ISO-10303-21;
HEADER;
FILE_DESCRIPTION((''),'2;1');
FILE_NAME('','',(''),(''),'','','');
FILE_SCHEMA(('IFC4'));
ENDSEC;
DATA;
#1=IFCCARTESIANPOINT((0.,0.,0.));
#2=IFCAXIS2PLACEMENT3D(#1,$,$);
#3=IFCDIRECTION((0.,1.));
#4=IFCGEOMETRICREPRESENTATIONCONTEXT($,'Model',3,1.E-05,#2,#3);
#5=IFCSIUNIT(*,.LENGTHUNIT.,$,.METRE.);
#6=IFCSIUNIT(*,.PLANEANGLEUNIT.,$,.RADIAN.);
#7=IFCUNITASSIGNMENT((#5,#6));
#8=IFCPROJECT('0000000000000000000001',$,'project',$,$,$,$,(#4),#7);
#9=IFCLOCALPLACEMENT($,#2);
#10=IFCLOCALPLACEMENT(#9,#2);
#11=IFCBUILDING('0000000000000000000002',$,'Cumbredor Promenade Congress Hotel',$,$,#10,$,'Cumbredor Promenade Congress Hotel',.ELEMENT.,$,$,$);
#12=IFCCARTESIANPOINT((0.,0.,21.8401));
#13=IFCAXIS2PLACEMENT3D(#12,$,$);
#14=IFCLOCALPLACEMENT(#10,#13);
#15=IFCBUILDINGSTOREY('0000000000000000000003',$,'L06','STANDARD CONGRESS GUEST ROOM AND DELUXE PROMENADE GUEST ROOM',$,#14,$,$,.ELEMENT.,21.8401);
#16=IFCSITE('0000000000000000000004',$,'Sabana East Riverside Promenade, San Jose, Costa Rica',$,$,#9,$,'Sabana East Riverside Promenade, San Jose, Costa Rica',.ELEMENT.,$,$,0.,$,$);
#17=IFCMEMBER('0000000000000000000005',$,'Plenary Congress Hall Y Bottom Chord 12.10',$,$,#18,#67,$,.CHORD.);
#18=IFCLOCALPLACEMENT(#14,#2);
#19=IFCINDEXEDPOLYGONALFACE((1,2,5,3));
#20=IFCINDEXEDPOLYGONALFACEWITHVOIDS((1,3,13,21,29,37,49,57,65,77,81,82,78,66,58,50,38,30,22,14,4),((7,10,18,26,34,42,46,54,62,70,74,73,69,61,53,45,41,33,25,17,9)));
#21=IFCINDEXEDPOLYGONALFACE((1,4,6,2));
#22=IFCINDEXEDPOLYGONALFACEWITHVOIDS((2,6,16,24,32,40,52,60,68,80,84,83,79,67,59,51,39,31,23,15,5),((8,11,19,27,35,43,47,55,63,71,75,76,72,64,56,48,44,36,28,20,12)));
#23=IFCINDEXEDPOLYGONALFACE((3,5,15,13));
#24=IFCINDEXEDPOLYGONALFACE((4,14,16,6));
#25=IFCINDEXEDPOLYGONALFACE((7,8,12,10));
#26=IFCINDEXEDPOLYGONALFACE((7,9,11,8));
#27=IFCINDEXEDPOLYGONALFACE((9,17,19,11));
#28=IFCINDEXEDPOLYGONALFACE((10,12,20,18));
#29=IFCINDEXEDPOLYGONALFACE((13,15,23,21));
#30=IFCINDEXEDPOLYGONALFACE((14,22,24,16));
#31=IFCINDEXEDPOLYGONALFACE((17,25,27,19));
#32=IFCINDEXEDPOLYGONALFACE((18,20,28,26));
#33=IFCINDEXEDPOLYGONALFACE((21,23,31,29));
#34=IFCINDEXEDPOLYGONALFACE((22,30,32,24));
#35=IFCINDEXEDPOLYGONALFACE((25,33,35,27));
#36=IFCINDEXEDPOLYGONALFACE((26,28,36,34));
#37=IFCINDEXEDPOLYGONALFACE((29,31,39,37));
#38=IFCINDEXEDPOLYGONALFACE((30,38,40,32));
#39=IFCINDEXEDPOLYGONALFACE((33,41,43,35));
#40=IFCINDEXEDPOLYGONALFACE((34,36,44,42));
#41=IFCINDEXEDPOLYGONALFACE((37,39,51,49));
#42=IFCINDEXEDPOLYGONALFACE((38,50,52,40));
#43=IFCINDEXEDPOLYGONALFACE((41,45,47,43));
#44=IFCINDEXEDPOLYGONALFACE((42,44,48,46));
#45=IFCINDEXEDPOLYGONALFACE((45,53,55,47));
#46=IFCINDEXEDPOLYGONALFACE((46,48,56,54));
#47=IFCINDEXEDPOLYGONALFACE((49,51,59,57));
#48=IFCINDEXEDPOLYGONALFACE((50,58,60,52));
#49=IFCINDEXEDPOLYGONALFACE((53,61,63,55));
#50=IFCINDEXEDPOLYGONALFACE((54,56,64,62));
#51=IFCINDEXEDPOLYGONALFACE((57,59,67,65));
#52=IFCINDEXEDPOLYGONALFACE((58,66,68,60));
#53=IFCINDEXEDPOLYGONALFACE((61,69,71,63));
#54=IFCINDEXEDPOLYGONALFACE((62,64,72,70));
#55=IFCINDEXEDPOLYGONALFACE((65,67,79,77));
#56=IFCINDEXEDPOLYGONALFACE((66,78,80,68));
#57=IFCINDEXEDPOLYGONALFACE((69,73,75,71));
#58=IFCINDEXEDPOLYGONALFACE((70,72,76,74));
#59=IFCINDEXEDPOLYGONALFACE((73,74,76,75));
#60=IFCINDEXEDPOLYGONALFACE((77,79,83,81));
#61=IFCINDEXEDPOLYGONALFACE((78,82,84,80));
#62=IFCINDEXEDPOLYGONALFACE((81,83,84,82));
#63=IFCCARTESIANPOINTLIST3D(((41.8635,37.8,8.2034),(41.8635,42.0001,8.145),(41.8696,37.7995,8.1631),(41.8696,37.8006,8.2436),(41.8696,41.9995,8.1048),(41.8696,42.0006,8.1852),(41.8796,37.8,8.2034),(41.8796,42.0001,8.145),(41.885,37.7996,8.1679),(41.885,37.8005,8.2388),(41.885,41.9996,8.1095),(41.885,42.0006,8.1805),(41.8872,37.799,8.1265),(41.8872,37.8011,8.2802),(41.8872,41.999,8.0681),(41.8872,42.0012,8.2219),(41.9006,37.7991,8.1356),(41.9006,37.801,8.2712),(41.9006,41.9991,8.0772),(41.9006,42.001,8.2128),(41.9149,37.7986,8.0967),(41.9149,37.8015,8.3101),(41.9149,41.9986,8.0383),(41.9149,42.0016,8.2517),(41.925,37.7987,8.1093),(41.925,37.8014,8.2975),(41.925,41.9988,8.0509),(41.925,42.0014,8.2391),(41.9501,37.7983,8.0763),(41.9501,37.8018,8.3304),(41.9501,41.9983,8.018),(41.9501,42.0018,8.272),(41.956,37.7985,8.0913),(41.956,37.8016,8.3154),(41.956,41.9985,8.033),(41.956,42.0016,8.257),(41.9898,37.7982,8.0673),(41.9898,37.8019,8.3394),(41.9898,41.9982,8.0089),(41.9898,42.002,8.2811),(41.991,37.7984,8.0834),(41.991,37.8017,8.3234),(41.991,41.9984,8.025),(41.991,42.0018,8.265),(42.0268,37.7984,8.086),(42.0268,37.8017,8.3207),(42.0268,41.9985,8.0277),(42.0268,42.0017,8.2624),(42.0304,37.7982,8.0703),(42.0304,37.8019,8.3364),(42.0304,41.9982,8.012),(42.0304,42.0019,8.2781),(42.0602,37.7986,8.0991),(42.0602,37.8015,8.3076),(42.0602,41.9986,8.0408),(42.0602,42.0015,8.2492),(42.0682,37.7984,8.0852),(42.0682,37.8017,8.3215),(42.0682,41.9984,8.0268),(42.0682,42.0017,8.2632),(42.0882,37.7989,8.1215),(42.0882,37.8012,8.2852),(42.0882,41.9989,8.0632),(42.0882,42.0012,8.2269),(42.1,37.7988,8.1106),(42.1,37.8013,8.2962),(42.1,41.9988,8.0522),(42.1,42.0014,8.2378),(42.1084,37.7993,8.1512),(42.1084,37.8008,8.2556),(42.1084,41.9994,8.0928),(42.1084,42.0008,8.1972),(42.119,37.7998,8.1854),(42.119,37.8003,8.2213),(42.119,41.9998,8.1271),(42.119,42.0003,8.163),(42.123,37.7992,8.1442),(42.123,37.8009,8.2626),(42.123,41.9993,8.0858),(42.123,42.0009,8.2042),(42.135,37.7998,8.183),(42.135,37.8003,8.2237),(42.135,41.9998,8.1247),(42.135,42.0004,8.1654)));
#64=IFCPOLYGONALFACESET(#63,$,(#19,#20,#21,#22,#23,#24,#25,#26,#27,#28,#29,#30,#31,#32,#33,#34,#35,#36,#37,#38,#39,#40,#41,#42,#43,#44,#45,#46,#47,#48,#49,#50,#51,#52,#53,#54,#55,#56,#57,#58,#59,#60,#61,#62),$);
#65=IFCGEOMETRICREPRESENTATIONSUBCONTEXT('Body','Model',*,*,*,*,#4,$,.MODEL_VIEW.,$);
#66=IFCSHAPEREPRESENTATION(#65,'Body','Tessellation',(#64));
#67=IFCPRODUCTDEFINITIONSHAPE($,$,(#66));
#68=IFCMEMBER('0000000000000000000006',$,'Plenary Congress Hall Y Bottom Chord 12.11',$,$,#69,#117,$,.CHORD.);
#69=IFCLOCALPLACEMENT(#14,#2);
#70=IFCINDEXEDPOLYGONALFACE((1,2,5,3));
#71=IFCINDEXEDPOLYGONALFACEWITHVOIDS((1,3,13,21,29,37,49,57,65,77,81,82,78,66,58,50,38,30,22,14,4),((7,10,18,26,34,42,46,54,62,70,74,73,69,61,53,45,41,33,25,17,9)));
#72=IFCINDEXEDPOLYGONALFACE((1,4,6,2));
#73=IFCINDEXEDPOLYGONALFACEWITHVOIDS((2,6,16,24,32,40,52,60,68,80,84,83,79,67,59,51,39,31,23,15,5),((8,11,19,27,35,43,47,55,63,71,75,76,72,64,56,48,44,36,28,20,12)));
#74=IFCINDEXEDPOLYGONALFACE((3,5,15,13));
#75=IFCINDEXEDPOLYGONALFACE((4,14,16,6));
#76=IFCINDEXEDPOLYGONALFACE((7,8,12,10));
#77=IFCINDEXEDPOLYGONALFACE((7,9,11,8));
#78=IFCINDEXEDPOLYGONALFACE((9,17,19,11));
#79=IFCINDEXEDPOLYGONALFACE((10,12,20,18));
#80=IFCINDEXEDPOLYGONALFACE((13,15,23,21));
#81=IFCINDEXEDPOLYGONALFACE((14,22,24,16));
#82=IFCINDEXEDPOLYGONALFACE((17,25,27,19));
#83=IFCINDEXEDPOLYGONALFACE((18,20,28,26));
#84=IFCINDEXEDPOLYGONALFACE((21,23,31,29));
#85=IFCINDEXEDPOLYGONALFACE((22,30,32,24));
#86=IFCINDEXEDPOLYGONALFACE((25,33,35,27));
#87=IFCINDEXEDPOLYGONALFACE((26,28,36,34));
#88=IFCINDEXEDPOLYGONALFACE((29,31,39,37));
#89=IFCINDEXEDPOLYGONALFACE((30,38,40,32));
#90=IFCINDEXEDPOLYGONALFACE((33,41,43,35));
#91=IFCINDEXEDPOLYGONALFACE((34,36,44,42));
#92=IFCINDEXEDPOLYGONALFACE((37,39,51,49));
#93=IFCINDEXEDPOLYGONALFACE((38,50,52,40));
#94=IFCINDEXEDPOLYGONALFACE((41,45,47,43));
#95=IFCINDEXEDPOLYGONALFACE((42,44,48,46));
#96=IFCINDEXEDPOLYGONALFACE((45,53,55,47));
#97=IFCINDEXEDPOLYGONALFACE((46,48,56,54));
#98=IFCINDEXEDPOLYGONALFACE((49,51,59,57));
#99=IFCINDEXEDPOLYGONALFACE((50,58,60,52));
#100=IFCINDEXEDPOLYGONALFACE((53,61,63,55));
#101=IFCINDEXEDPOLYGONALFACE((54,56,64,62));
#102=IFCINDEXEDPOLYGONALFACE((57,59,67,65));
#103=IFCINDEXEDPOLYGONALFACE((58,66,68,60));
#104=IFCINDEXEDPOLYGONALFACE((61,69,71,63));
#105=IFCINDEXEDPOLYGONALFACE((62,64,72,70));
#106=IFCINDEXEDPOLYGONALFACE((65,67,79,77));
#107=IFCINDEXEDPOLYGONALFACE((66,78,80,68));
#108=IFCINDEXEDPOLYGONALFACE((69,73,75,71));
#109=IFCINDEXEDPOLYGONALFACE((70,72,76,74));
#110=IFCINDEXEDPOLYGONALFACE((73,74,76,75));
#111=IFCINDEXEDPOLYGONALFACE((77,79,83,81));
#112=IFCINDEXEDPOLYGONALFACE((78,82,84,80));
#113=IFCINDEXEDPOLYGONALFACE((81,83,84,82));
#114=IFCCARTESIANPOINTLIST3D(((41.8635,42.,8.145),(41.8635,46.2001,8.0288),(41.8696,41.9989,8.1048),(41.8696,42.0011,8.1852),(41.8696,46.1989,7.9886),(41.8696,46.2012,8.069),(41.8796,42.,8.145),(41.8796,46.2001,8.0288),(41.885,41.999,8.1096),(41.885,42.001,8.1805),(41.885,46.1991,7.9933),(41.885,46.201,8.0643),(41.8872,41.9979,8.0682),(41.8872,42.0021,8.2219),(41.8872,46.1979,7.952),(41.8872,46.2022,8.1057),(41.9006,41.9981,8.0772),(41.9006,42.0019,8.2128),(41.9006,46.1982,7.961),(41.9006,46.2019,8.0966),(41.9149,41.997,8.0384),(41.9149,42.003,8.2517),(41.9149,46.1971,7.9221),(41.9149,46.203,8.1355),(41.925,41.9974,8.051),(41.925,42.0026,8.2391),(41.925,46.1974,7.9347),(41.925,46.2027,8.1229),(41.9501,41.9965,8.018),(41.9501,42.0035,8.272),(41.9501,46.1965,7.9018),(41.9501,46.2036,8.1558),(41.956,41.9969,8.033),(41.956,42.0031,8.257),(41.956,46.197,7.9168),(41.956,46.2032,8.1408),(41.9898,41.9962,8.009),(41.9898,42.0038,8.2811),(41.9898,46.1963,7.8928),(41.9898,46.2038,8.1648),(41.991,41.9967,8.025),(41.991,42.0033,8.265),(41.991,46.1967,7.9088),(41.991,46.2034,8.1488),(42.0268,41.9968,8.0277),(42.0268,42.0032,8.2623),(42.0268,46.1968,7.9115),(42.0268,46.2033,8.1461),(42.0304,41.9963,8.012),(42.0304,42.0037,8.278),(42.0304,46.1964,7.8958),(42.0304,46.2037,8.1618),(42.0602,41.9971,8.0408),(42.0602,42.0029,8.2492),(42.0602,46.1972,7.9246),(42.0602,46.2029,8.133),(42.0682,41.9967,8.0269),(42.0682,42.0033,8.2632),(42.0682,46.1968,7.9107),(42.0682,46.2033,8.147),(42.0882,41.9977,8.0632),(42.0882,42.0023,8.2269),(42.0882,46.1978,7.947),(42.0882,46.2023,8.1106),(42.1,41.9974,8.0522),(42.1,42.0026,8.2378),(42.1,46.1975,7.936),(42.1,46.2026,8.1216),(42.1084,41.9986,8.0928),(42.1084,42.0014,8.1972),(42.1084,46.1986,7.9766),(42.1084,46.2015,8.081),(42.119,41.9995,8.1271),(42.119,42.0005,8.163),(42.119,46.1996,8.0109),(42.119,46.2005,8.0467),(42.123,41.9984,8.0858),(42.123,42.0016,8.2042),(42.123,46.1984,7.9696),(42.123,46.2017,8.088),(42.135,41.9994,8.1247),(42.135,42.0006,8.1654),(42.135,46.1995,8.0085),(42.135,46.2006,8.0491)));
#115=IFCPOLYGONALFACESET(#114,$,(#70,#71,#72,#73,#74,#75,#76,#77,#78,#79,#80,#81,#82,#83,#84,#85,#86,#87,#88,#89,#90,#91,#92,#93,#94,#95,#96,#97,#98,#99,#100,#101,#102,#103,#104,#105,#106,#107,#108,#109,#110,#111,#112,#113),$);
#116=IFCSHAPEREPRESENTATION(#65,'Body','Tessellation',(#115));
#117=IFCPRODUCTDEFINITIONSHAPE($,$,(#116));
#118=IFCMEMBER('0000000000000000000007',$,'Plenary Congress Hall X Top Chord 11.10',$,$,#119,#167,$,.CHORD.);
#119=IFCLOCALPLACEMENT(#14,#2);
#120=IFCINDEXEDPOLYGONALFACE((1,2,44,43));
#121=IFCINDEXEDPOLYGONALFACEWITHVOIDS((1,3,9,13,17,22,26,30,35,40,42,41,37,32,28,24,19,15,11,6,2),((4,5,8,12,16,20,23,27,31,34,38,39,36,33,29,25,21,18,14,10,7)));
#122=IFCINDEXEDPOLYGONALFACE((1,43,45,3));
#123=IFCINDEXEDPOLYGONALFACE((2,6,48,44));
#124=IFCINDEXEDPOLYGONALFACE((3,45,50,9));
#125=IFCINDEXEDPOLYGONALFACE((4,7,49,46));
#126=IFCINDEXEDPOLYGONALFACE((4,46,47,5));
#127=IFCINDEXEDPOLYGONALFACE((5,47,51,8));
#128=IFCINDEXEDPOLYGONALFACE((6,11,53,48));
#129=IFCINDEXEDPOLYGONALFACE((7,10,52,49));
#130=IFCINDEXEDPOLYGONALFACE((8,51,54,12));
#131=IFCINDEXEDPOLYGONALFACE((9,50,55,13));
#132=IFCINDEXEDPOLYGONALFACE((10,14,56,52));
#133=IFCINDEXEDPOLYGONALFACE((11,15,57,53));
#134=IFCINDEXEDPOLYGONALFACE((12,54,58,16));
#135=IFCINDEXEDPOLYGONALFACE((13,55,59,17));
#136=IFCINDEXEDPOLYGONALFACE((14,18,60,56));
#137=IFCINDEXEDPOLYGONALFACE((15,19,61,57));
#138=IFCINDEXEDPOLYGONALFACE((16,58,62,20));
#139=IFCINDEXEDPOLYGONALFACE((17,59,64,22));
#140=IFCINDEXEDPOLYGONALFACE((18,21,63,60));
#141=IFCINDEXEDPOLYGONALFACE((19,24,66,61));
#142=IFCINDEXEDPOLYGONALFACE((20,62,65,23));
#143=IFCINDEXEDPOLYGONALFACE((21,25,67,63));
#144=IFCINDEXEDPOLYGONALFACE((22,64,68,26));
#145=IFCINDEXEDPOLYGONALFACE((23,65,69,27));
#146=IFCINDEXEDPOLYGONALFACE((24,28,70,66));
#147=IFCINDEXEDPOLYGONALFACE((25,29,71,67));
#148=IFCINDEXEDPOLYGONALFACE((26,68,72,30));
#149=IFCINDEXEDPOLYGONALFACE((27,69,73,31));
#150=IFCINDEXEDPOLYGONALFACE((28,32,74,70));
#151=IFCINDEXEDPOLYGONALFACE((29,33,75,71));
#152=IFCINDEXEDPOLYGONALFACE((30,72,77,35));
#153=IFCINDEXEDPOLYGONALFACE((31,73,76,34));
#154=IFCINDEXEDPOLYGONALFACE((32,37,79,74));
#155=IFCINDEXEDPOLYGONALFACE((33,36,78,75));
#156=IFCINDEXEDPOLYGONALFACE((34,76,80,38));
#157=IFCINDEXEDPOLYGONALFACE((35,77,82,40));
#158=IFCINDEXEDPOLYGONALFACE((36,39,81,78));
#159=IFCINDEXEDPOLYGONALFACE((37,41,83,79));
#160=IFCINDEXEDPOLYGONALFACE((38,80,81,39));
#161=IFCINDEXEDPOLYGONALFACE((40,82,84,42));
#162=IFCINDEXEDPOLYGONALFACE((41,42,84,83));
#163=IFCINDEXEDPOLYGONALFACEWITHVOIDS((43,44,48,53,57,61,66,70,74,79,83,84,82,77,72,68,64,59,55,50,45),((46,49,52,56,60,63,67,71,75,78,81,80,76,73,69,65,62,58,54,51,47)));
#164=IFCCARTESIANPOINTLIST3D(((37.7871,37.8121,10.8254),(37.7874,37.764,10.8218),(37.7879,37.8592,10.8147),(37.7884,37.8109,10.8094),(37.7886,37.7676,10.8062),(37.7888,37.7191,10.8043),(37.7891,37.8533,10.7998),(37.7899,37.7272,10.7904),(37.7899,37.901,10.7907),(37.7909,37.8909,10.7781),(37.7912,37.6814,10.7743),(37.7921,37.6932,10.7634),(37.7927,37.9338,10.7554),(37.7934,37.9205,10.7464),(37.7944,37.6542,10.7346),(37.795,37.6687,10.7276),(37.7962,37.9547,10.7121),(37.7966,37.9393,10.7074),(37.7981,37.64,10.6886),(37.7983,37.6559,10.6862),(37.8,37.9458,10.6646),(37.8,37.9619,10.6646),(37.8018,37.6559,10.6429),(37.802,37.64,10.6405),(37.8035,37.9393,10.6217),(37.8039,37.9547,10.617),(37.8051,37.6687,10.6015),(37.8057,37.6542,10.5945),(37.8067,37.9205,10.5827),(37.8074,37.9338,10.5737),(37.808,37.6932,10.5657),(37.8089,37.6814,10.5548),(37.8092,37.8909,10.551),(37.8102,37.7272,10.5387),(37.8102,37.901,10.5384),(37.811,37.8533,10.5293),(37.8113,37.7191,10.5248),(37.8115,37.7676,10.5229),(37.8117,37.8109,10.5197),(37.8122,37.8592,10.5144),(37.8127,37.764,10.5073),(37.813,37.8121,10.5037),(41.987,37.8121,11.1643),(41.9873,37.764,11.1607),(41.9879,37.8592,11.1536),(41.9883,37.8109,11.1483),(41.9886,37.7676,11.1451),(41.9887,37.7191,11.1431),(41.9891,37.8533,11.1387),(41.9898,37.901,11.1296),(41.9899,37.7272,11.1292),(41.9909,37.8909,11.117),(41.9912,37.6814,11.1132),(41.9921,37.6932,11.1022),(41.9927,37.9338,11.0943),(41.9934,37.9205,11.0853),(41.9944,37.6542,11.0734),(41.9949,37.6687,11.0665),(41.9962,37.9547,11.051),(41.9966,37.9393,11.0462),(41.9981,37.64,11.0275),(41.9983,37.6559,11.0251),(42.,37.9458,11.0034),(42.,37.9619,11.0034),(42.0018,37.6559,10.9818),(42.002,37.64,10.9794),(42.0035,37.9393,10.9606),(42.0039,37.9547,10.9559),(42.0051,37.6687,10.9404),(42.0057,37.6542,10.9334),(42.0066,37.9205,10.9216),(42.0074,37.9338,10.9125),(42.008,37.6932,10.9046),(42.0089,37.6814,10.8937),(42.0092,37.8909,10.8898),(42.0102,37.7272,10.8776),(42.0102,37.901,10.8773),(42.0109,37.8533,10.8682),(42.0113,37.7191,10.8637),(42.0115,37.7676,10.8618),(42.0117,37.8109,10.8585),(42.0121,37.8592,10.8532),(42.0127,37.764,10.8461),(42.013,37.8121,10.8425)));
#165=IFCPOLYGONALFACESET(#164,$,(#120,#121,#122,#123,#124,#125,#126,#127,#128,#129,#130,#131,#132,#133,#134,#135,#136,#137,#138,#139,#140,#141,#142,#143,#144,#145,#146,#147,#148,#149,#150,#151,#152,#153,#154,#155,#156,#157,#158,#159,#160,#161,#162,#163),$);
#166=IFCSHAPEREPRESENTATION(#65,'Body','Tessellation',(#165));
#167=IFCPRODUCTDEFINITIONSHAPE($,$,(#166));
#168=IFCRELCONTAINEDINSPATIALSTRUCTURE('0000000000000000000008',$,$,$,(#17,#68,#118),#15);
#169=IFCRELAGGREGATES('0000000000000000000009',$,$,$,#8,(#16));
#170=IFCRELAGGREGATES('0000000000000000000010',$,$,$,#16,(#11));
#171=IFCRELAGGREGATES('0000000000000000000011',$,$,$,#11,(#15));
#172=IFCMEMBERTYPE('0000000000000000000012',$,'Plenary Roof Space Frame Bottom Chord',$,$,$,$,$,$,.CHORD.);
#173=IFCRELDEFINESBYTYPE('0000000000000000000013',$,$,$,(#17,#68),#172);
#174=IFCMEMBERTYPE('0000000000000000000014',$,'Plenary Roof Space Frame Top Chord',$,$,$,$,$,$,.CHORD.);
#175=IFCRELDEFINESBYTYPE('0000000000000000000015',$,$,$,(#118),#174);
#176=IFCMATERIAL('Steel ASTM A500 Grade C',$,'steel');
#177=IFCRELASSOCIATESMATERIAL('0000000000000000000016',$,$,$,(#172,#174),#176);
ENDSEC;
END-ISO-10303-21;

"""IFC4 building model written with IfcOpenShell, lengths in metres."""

from ifc_helpers import new_model, si_unit, direction, frame, origin, origin_2d, place, context, subcontext, project, spatial, hollow_circle, extrude, material, material_profile, profile_set, type_object, element, save


model = new_model("IFC4")

# Units and contexts
model_context = context("Model", 3, precision=1e-05, world=origin(), true_north=direction((0.0, 1.0)))
body_context = subcontext(model_context, "Body", "Model", "MODEL_VIEW")
ifc_project = project(units=[si_unit("LENGTHUNIT", "METRE"), si_unit("PLANEANGLEUNIT", "RADIAN")], contexts=[model_context])

# Site, building, storey
site_placement = place(None, origin())
site = spatial("IfcSite", under=ifc_project, at=site_placement, Name="Sabana East Riverside Promenade, San Jose, Costa Rica", LongName="Sabana East Riverside Promenade, San Jose, Costa Rica", CompositionType="ELEMENT", RefElevation=0.0)
building_placement = place(site_placement, origin())
building = spatial("IfcBuilding", under=site, at=building_placement, Name="Cumbredor Promenade Congress Hotel", LongName="Cumbredor Promenade Congress Hotel", CompositionType="ELEMENT")
storey_placement = place(building_placement, frame((0.0, 0.0, 21.8401)))
storey = spatial("IfcBuildingStorey", under=building, at=storey_placement, Name="L06", Description="STANDARD CONGRESS GUEST ROOM AND DELUXE PROMENADE GUEST ROOM", CompositionType="ELEMENT", Elevation=21.8401)

# Members
ifc_material_1 = material(Name="Steel ASTM A500 Grade C", Category="steel")
ifc_material_profile_1 = material_profile(ifc_material_1, hollow_circle(Radius=0.1365, WallThickness=0.0161, at=origin_2d()), Name="CHS 273.0x16")
ifc_profile_set_1 = profile_set([ifc_material_profile_1], Name="Steel ASTM A500 Grade C")
member_type_1 = type_object("IfcMemberType", Name="Plenary Roof Space Frame Bottom Chord", PredefinedType="CHORD", material=ifc_profile_set_1)
member_1_placement = place(storey_placement, frame((42.0, 37.8, 8.2034), z_axis=(0.0, 0.999904, -0.013892), x_axis=(-1.0, 0.0, 0.0)))
element("IfcMember", 1, at=member_1_placement, inside=storey, type_object=member_type_1, Name="Plenary Congress Hall Y Bottom Chord 12.10", PredefinedType="CHORD", context=body_context, shape_type="SweptSolid", body=[
    extrude(hollow_circle(Radius=0.1365, WallThickness=0.0161, at=origin_2d()), origin(), (0.0, 0.0, 1.0), 4.2004),
])
member_2_placement = place(storey_placement, frame((42.0, 42.0, 8.145), z_axis=(0.0, 0.999617, -0.027659), x_axis=(-1.0, 0.0, 0.0)))
element("IfcMember", 2, at=member_2_placement, inside=storey, type_object=member_type_1, Name="Plenary Congress Hall Y Bottom Chord 12.11", PredefinedType="CHORD", context=body_context, shape_type="SweptSolid", body=[
    extrude(hollow_circle(Radius=0.1365, WallThickness=0.0161, at=origin_2d()), origin(), (0.0, 0.0, 1.0), 4.2017),
])
ifc_material_profile_2 = material_profile(ifc_material_1, hollow_circle(Radius=0.1619, WallThickness=0.0161, at=origin_2d()), Name="CHS 323.9x16")
ifc_profile_set_2 = profile_set([ifc_material_profile_2], Name="Steel ASTM A500 Grade C")
member_type_2 = type_object("IfcMemberType", Name="Plenary Roof Space Frame Top Chord", PredefinedType="CHORD", material=ifc_profile_set_2)
for number, where, z_axis, x_axis, name in (
    (3, (37.8, 37.8, 10.6646), (0.996761, 0.0, 0.080422), (0.0, 1.0, 0.0), "Plenary Congress Hall X Top Chord 11.10"),
):
    element("IfcMember", number, at=place(storey_placement, frame(where, z_axis=z_axis, x_axis=x_axis)), inside=storey, type_object=member_type_2, Name=name, PredefinedType="CHORD", context=body_context, shape_type="SweptSolid", body=[
        extrude(hollow_circle(Radius=0.1619, WallThickness=0.0161, at=origin_2d()), origin(), (0.0, 0.0, 1.0), 4.2136),
    ])

save(model, "model.ifc")
